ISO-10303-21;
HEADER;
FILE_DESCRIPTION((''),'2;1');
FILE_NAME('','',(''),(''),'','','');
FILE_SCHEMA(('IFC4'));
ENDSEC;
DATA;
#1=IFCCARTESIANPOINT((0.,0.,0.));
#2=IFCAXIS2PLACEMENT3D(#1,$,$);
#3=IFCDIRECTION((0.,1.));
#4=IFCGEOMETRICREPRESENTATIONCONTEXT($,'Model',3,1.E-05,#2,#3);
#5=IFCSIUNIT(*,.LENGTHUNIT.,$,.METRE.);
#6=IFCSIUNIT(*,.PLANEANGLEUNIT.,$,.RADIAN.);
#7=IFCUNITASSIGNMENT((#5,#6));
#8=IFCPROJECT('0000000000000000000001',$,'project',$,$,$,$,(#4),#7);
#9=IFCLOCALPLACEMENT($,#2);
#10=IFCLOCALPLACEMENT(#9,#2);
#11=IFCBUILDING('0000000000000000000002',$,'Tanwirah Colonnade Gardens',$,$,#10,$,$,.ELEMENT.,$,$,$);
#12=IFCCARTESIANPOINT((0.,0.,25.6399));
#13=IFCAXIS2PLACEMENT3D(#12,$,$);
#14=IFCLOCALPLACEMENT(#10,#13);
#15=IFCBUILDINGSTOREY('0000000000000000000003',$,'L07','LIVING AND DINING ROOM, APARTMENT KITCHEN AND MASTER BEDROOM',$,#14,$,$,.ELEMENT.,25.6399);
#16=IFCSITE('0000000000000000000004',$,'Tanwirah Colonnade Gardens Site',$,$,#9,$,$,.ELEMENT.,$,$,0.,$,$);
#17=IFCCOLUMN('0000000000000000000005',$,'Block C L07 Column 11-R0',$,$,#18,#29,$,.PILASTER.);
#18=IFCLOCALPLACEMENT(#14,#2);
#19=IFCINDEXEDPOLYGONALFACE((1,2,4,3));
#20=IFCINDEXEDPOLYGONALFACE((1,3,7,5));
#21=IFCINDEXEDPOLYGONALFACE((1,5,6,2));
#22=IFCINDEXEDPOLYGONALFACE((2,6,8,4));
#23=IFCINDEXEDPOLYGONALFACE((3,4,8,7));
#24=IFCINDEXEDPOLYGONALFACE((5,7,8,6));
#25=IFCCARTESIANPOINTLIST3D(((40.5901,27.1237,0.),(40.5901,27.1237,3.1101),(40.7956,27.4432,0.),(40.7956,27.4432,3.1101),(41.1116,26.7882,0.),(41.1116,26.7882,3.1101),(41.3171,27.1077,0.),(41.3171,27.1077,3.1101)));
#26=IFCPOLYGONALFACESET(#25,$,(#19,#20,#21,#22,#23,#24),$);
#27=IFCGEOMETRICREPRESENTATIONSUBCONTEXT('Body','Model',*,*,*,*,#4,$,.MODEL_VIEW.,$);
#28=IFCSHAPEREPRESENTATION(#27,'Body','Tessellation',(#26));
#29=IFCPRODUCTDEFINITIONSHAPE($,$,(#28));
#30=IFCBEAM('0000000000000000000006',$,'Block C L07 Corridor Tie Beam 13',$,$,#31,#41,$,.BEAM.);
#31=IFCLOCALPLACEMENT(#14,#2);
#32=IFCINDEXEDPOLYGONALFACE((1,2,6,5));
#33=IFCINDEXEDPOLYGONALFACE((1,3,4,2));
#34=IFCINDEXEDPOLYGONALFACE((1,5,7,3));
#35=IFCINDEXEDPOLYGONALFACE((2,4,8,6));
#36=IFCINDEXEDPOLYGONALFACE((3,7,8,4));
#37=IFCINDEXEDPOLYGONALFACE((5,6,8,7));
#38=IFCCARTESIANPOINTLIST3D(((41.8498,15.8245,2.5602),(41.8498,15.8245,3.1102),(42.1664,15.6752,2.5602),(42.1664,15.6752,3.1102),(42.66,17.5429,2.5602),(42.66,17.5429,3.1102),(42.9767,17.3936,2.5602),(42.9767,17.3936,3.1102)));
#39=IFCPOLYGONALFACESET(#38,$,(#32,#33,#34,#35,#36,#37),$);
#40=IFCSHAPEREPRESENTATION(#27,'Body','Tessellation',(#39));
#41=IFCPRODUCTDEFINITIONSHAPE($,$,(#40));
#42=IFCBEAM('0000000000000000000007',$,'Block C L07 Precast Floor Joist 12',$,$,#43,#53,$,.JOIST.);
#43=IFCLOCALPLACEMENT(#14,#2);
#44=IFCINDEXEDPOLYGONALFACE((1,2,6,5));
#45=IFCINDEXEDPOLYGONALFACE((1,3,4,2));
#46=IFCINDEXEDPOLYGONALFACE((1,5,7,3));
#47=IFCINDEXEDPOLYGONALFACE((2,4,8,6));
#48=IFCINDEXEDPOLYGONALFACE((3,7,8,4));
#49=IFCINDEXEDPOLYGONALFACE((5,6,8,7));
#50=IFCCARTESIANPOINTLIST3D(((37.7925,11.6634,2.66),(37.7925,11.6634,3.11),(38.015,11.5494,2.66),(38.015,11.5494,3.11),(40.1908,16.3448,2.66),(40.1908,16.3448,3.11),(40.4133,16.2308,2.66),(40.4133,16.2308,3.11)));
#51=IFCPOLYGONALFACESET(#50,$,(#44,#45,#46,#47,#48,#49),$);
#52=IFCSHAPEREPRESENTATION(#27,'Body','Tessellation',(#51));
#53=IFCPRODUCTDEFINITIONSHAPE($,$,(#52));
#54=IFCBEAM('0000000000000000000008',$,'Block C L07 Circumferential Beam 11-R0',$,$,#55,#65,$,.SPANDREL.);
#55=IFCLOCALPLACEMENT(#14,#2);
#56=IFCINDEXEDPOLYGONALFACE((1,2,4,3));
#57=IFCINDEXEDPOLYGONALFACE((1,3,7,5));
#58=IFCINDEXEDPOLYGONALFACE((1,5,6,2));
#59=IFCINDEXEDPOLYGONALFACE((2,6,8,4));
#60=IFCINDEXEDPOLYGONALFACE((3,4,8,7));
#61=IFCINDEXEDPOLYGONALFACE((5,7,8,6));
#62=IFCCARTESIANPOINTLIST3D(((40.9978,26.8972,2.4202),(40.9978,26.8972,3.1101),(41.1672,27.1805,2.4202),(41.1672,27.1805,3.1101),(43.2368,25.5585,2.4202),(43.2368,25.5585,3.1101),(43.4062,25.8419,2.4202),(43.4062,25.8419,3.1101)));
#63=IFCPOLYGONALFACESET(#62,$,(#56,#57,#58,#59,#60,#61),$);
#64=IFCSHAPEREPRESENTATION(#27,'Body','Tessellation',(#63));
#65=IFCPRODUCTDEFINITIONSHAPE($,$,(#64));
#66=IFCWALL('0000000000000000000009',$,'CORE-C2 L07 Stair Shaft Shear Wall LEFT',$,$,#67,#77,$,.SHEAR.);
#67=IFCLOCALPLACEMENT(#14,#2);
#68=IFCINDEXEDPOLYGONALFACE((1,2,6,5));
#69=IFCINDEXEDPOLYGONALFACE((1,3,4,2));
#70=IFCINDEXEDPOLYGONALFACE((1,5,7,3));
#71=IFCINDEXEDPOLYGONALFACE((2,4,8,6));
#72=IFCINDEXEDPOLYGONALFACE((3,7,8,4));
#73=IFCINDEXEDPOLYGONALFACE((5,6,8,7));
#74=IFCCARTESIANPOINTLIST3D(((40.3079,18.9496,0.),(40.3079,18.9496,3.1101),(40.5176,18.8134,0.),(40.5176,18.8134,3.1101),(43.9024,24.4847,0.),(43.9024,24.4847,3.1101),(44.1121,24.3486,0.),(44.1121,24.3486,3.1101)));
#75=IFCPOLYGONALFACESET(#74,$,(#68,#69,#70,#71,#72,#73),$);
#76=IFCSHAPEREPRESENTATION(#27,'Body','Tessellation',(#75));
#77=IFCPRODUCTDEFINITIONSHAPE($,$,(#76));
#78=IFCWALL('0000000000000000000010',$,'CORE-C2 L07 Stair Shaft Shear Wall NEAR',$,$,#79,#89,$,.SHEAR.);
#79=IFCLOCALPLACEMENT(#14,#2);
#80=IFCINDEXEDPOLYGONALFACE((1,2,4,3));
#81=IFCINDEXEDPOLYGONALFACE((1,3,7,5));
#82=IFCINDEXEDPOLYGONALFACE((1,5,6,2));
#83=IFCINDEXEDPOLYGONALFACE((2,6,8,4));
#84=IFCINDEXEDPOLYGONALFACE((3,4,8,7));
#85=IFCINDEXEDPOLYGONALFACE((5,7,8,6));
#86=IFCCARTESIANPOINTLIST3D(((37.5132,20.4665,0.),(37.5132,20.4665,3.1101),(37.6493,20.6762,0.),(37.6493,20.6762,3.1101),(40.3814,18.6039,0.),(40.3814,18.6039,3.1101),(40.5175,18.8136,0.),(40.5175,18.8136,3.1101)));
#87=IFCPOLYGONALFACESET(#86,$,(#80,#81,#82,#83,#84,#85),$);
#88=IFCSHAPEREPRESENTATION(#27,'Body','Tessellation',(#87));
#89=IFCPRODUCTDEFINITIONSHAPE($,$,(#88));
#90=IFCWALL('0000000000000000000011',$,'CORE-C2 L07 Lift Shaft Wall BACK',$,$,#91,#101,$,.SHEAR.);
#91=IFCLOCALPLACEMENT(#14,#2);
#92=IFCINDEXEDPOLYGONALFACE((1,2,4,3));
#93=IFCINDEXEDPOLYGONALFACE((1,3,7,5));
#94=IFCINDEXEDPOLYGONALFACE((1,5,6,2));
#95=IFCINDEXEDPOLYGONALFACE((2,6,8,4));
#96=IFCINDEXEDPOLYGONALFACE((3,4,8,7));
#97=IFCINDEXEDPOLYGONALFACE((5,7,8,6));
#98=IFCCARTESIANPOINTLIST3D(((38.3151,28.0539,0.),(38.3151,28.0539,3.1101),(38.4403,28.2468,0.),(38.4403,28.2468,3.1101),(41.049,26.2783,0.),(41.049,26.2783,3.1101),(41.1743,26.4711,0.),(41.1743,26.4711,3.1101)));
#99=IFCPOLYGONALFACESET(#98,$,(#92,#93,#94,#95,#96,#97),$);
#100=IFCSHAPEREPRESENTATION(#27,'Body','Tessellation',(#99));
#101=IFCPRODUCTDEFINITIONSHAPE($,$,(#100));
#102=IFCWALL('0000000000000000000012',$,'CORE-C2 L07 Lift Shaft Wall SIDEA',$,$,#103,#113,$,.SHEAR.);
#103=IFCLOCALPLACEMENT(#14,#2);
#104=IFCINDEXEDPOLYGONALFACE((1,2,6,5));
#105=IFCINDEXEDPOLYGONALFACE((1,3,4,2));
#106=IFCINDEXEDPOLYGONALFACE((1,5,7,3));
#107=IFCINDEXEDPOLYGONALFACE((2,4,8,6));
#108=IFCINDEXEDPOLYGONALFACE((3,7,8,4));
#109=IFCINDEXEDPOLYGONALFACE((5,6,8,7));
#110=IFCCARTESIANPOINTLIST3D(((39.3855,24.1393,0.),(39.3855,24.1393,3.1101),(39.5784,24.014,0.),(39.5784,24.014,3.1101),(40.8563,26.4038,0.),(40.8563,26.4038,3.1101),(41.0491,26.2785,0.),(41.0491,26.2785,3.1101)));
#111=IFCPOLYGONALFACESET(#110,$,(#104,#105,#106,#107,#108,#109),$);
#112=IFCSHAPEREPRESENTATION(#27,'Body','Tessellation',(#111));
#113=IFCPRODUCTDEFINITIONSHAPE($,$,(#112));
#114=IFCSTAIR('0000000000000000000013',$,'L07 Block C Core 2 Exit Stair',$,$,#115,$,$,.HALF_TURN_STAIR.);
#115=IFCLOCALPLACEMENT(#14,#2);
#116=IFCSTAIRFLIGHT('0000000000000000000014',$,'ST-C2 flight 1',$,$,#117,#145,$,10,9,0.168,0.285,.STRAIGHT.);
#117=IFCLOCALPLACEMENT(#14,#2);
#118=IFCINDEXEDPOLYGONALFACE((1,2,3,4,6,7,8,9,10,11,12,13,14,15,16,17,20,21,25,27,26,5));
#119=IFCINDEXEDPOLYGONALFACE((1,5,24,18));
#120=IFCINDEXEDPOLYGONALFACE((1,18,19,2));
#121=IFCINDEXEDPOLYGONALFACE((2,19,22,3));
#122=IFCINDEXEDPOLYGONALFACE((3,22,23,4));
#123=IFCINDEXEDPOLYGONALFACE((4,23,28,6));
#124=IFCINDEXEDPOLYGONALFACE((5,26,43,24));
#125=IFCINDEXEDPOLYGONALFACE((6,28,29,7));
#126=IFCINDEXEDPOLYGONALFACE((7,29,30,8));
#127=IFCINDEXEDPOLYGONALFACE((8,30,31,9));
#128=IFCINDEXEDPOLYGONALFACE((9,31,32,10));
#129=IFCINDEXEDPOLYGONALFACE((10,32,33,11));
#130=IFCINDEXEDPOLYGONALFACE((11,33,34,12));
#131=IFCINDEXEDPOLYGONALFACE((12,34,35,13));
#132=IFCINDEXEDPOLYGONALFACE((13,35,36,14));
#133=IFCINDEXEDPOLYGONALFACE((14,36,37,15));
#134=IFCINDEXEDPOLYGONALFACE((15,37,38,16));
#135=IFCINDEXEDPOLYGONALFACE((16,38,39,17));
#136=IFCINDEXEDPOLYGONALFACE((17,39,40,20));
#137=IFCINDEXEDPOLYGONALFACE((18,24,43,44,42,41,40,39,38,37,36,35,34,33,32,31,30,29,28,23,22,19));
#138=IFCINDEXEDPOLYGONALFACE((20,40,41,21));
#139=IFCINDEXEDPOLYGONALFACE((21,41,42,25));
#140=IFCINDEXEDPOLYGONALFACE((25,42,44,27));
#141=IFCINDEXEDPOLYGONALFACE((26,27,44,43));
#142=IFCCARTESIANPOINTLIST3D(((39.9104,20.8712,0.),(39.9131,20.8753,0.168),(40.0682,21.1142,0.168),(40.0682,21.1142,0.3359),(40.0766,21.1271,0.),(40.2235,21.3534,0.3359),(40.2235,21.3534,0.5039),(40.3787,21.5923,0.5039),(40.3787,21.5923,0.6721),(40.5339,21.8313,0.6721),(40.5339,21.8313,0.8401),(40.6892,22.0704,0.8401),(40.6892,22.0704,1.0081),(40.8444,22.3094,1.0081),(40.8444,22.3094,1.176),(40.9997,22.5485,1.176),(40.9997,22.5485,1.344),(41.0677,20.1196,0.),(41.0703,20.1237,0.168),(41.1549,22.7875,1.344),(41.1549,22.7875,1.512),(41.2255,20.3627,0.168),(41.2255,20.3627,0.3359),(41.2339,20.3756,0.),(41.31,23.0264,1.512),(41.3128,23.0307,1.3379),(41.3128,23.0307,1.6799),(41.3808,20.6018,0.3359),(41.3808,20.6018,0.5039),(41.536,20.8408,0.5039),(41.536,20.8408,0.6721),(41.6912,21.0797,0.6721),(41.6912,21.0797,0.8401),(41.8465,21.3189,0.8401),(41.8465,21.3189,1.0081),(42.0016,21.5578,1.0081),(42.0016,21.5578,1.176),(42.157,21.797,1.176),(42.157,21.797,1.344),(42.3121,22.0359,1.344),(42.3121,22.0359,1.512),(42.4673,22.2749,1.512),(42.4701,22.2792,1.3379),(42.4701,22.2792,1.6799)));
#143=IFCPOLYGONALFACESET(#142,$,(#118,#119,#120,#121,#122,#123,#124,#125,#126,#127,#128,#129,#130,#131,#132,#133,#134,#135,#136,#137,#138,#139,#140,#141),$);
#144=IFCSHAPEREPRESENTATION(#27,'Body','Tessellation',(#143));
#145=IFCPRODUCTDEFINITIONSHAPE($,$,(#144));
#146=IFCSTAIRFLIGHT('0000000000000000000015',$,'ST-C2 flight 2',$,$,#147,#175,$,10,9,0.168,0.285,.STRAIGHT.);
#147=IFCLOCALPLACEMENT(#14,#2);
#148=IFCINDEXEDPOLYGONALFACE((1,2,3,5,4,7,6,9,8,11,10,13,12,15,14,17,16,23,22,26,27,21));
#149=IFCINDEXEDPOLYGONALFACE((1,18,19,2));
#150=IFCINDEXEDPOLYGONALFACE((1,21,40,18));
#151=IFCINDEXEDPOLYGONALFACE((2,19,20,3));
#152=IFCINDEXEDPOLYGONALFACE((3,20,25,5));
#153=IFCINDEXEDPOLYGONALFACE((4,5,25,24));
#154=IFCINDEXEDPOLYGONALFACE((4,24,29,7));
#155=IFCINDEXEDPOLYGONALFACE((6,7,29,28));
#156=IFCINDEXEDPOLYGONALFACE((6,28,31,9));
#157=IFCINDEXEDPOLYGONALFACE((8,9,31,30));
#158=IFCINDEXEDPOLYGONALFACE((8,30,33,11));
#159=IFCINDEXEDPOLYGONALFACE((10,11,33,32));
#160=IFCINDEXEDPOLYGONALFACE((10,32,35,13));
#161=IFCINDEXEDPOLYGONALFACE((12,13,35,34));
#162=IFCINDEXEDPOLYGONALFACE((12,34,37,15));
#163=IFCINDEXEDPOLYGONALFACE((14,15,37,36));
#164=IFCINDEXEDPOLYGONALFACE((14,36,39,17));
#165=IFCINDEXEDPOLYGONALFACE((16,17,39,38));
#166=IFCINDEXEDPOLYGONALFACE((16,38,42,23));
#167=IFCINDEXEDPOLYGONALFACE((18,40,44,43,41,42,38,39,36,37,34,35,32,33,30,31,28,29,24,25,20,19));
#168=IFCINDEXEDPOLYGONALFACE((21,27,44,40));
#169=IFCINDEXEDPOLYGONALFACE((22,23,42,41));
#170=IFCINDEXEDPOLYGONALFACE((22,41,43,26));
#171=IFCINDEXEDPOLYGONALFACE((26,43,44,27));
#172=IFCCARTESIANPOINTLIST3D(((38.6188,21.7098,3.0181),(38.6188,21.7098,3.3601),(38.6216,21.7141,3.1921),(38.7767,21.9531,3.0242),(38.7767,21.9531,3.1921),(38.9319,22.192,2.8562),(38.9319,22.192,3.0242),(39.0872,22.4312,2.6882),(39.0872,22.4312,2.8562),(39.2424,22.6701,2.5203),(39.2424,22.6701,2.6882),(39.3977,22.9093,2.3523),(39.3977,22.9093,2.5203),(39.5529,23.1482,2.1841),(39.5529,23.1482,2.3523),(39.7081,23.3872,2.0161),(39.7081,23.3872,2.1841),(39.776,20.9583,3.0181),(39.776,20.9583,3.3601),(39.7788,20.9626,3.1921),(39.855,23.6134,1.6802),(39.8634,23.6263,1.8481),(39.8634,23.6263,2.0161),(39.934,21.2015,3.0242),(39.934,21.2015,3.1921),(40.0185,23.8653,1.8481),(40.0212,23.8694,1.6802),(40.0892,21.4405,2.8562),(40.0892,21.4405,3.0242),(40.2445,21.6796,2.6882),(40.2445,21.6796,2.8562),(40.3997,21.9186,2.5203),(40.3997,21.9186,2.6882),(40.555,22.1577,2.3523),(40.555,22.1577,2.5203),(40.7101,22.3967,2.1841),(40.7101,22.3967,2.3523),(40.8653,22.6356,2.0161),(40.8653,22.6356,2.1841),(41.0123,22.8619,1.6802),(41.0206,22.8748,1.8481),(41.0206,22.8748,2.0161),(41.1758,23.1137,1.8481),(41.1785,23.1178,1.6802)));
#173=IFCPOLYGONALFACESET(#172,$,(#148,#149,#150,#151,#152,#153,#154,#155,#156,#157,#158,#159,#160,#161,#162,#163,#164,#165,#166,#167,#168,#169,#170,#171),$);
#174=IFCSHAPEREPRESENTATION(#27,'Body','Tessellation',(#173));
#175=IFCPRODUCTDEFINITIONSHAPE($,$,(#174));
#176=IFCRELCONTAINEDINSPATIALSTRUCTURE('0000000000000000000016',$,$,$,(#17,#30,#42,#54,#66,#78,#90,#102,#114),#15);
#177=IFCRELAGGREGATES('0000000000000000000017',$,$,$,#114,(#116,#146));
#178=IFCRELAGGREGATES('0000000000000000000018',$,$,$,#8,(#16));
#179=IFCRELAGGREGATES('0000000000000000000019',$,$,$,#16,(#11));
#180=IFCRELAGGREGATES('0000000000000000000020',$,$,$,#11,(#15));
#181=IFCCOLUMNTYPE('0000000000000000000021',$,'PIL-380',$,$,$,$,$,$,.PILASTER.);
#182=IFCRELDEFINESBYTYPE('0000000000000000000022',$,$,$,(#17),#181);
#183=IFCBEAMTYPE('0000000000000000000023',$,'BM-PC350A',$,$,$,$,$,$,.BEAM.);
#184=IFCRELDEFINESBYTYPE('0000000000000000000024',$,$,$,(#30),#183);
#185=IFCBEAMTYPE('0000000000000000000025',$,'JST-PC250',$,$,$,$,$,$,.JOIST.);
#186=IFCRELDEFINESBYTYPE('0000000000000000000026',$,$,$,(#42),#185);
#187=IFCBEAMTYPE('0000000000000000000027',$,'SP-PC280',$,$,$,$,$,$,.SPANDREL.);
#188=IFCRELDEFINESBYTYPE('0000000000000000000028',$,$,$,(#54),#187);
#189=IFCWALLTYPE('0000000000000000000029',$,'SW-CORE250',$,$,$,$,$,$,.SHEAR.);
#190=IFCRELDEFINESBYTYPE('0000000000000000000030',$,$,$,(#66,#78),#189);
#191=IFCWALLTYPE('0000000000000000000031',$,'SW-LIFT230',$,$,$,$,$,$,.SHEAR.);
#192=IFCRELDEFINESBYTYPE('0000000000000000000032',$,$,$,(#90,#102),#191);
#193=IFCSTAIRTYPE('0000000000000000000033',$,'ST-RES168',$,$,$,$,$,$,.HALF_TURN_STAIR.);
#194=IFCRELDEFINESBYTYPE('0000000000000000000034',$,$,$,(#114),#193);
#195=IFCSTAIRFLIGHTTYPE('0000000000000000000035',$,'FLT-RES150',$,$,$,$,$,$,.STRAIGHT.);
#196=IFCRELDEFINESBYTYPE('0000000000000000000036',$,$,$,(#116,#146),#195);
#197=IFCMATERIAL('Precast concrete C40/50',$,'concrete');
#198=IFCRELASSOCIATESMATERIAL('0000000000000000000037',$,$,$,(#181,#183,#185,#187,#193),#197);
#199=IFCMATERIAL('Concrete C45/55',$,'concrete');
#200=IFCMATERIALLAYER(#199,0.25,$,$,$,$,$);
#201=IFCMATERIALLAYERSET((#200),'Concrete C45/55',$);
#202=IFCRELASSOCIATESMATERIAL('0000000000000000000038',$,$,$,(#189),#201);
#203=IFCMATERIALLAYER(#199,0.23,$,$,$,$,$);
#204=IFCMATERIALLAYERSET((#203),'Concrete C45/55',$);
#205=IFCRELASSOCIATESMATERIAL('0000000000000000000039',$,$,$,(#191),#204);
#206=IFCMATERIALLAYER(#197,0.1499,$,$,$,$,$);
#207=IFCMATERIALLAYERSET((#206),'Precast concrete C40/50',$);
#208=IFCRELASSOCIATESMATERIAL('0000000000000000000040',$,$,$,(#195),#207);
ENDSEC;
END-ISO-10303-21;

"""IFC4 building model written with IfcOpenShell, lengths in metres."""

from ifc_helpers import new_model, si_unit, direction, frame, frame_2d, origin, origin_2d, place, context, subcontext, project, spatial, polyline, rectangle, outline, extrude, material, layer, layer_set, material_profile, profile_set, type_object, element, aggregate, save


model = new_model("IFC4")

# Units and contexts
model_context = context("Model", 3, precision=1e-05, world=origin(), true_north=direction((0.0, 1.0)))
body_context = subcontext(model_context, "Body", "Model", "MODEL_VIEW")
ifc_project = project(units=[si_unit("LENGTHUNIT", "METRE"), si_unit("PLANEANGLEUNIT", "RADIAN")], contexts=[model_context])

# Site, building, storey
site_placement = place(None, origin())
site = spatial("IfcSite", under=ifc_project, at=site_placement, Name="Tanwirah Colonnade Gardens Site", CompositionType="ELEMENT", RefElevation=0.0)
building_placement = place(site_placement, origin())
building = spatial("IfcBuilding", under=site, at=building_placement, Name="Tanwirah Colonnade Gardens", CompositionType="ELEMENT")
storey_placement = place(building_placement, frame((0.0, 0.0, 25.6399)))
storey = spatial("IfcBuildingStorey", under=building, at=storey_placement, Name="L07", Description="LIVING AND DINING ROOM, APARTMENT KITCHEN AND MASTER BEDROOM", CompositionType="ELEMENT", Elevation=25.6399)

# Column
ifc_material_1 = material(Name="Precast concrete C40/50", Category="concrete")
ifc_material_profile_1 = material_profile(ifc_material_1, rectangle(XDim=0.3799, YDim=0.6201, at=origin_2d()), Name="PC-PIL 380x620")
ifc_profile_set_1 = profile_set([ifc_material_profile_1], Name="Precast concrete C40/50")
column_type = type_object("IfcColumnType", Name="PIL-380", PredefinedType="PILASTER", material=ifc_profile_set_1)
column_placement = place(storey_placement, frame((40.9536, 27.1157, 0.0), z_axis=(0.0, 0.0, 1.0), x_axis=(-0.540974, -0.841039, 0.0)))
element("IfcColumn", 1, at=column_placement, inside=storey, type_object=column_type, Name="Block C L07 Column 11-R0", PredefinedType="PILASTER", context=body_context, shape_type="SweptSolid", body=[
    extrude(rectangle(XDim=0.3799, YDim=0.6201, at=origin_2d()), origin(), (0.0, 0.0, 1.0), 3.1101),
])

# Beams
ifc_material_profile_2 = material_profile(ifc_material_1, rectangle(XDim=0.3501, YDim=0.55, at=origin_2d()), Name="PC-BM 350x550")
ifc_profile_set_2 = profile_set([ifc_material_profile_2], Name="Precast concrete C40/50")
beam_type_1 = type_object("IfcBeamType", Name="BM-PC350A", PredefinedType="BEAM", material=ifc_profile_set_2)
beam_1_placement = place(storey_placement, frame((42.8184, 17.4683, 2.8352), z_axis=(-0.426484, -0.904495, 0.0), x_axis=(0.904495, -0.426484, 0.0)))
element("IfcBeam", 2, at=beam_1_placement, inside=storey, type_object=beam_type_1, Name="Block C L07 Corridor Tie Beam 13", PredefinedType="BEAM", context=body_context, shape_type="SweptSolid", body=[
    extrude(rectangle(XDim=0.3501, YDim=0.55, at=origin_2d()), origin(), (0.0, 0.0, 1.0), 1.8999),
])
ifc_material_profile_3 = material_profile(ifc_material_1, rectangle(XDim=0.25, YDim=0.45, at=origin_2d()), Name="PC-JST 250x450")
ifc_profile_set_3 = profile_set([ifc_material_profile_3], Name="Precast concrete C40/50")
beam_type_2 = type_object("IfcBeamType", Name="JST-PC250", PredefinedType="JOIST", material=ifc_profile_set_3)
beam_2_placement = place(storey_placement, frame((40.302, 16.2878, 2.885), z_axis=(-0.455937, -0.890012, 0.0), x_axis=(0.890012, -0.455937, 0.0)))
element("IfcBeam", 3, at=beam_2_placement, inside=storey, type_object=beam_type_2, Name="Block C L07 Precast Floor Joist 12", PredefinedType="JOIST", context=body_context, shape_type="SweptSolid", body=[
    extrude(rectangle(XDim=0.25, YDim=0.45, at=origin_2d()), origin(), (0.0, 0.0, 1.0), 5.26),
])
ifc_material_profile_4 = material_profile(ifc_material_1, rectangle(XDim=0.3301, YDim=0.6899, at=origin_2d()), Name="PC-SP 330x690")
ifc_profile_set_4 = profile_set([ifc_material_profile_4], Name="Precast concrete C40/50")
beam_type_3 = type_object("IfcBeamType", Name="SP-PC280", PredefinedType="SPANDREL", material=ifc_profile_set_4)
beam_3_placement = place(storey_placement, frame((41.0825, 27.0388, 2.7651), z_axis=(0.858301, -0.513146, 0.0), x_axis=(0.513146, 0.858301, 0.0)))
element("IfcBeam", 4, at=beam_3_placement, inside=storey, type_object=beam_type_3, Name="Block C L07 Circumferential Beam 11-R0", PredefinedType="SPANDREL", context=body_context, shape_type="SweptSolid", body=[
    extrude(rectangle(XDim=0.3301, YDim=0.6899, at=origin_2d()), origin(), (0.0, 0.0, 1.0), 2.6086),
])

# Walls
ifc_material_2 = material(Name="Concrete C45/55", Category="concrete")
ifc_layer_1 = layer(ifc_material_2, 0.25)
ifc_layer_set_1 = layer_set([ifc_layer_1], Name="Concrete C45/55")
wall_type_1 = type_object("IfcWallType", Name="SW-CORE250", PredefinedType="SHEAR", material=ifc_layer_set_1)
wall_1_placement = place(storey_placement, frame((40.4128, 18.8816, 0.0), z_axis=(0.0, 0.0, 1.0), x_axis=(0.544629, 0.838677, 0.0)))
element("IfcWall", 5, at=wall_1_placement, inside=storey, type_object=wall_type_1, Name="CORE-C2 L07 Stair Shaft Shear Wall LEFT", PredefinedType="SHEAR", context=body_context, shape_type="SweptSolid", body=[
    extrude(rectangle(XDim=6.5999, YDim=0.25, at=frame_2d((3.2998, 0.0))), origin(), (0.0, 0.0, 1.0), 3.1101),
])
wall_2_placement = place(storey_placement, frame((40.4495, 18.7087, 0.0), z_axis=(0.0, 0.0, 1.0), x_axis=(-0.838678, 0.544627, 0.0)))
element("IfcWall", 6, at=wall_2_placement, inside=storey, type_object=wall_type_1, Name="CORE-C2 L07 Stair Shaft Shear Wall NEAR", PredefinedType="SHEAR", context=body_context, shape_type="SweptSolid", body=[
    extrude(rectangle(XDim=3.4199, YDim=0.25, at=frame_2d((1.71, 0.0))), origin(), (0.0, 0.0, 1.0), 3.1101),
])

# Shared definitions
ifc_layer_2 = layer(ifc_material_2, 0.23)
ifc_layer_set_2 = layer_set([ifc_layer_2], Name="Concrete C45/55")
wall_type_2 = type_object("IfcWallType", Name="SW-LIFT230", PredefinedType="SHEAR", material=ifc_layer_set_2)

# Walls
wall_3_placement = place(storey_placement, frame((41.1116, 26.3748, 0.0), z_axis=(0.0, 0.0, 1.0), x_axis=(-0.838639, 0.544688, 0.0)))
element("IfcWall", 7, at=wall_3_placement, inside=storey, type_object=wall_type_2, Name="CORE-C2 L07 Lift Shaft Wall BACK", PredefinedType="SHEAR", context=body_context, shape_type="SweptSolid", body=[
    extrude(rectangle(XDim=3.26, YDim=0.23, at=frame_2d((1.6299, 0.0))), origin(), (0.0, 0.0, 1.0), 3.1101),
])
wall_4_placement = place(storey_placement, frame((39.4819, 24.0767, 0.0), z_axis=(0.0, 0.0, 1.0), x_axis=(0.544686, 0.83864, 0.0)))
element("IfcWall", 8, at=wall_4_placement, inside=storey, type_object=wall_type_2, Name="CORE-C2 L07 Lift Shaft Wall SIDEA", PredefinedType="SHEAR", context=body_context, shape_type="SweptSolid", body=[
    extrude(rectangle(XDim=2.7002, YDim=0.23, at=frame_2d((1.3501, 0.0))), origin(), (0.0, 0.0, 1.0), 3.1101),
])

# Stair, stair flights
stair_type = type_object("IfcStairType", Name="ST-RES168", PredefinedType="HALF_TURN_STAIR", material=ifc_material_1)
stair_placement = place(storey_placement, origin())
stair = element("IfcStair", 9, at=stair_placement, inside=storey, type_object=stair_type, Name="L07 Block C Core 2 Exit Stair", PredefinedType="HALF_TURN_STAIR")
ifc_layer_3 = layer(ifc_material_1, 0.1499)
ifc_layer_set_3 = layer_set([ifc_layer_3], Name="Precast concrete C40/50")
stair_flight_type = type_object("IfcStairFlightType", Name="FLT-RES150", PredefinedType="STRAIGHT", material=ifc_layer_set_3)
stair_flight_1_placement = place(storey_placement, frame((40.4917, 20.4995, 0.0), z_axis=(0.0, 0.0, 1.0), x_axis=(0.544639, 0.838671, 0.0)))
stair_flight_1 = element("IfcStairFlight", 10, at=stair_flight_1_placement, type_object=stair_flight_type, Name="ST-C2 flight 1", NumberOfRisers=10, NumberOfTreads=9, PredefinedType="STRAIGHT", RiserHeight=0.168, TreadLength=0.285, context=body_context, shape_type="SweptSolid", body=[
    extrude(outline(polyline([(-0.0049, 0.0), (0.0, 0.168), (0.2849, 0.168), (0.2849, 0.3359), (0.5701, 0.3359), (0.5701, 0.5039), (0.855, 0.5039), (0.855, 0.6721), (1.1399, 0.6721), (1.1399, 0.8401), (1.425, 0.8401), (1.425, 1.0081), (1.71, 1.0081), (1.71, 1.176), (1.9951, 1.176), (1.9951, 1.344), (2.28, 1.344), (2.28, 1.512), (2.5649, 1.512), (2.5701, 1.6799), (2.5701, 1.3379), (0.3003, 0.0), (-0.0049, 0.0)])), frame((0.0, 0.6899, 0.0), z_axis=(0.0, -1.0, 0.0), x_axis=(1.0, 0.0, 0.0)), (0.0, 0.0, 1.0), 1.3799),
])
stair_flight_2_placement = place(storey_placement, frame((40.5972, 23.4895, 1.6802), z_axis=(0.0, 0.0, 1.0), x_axis=(-0.544639, -0.838671, 0.0)))
stair_flight_2 = element("IfcStairFlight", 11, at=stair_flight_2_placement, type_object=stair_flight_type, Name="ST-C2 flight 2", NumberOfRisers=10, NumberOfTreads=9, PredefinedType="STRAIGHT", RiserHeight=0.168, TreadLength=0.285, context=body_context, shape_type="SweptSolid", body=[
    extrude(outline(polyline([(-0.0049, 0.0), (0.0, 0.168), (0.2849, 0.168), (0.2849, 0.3359), (0.5701, 0.3359), (0.5701, 0.5039), (0.855, 0.5039), (0.855, 0.6721), (1.1399, 0.6721), (1.1399, 0.8401), (1.425, 0.8401), (1.425, 1.0081), (1.71, 1.0081), (1.71, 1.176), (1.9951, 1.176), (1.9951, 1.344), (2.28, 1.344), (2.28, 1.512), (2.5649, 1.512), (2.5701, 1.6799), (2.5701, 1.3379), (0.3003, 0.0), (-0.0049, 0.0)])), frame((0.0, 0.6899, 0.0), z_axis=(0.0, -1.0, 0.0), x_axis=(1.0, 0.0, 0.0)), (0.0, 0.0, 1.0), 1.3799),
])
aggregate(stair, [stair_flight_1, stair_flight_2])

save(model, "model.ifc")
